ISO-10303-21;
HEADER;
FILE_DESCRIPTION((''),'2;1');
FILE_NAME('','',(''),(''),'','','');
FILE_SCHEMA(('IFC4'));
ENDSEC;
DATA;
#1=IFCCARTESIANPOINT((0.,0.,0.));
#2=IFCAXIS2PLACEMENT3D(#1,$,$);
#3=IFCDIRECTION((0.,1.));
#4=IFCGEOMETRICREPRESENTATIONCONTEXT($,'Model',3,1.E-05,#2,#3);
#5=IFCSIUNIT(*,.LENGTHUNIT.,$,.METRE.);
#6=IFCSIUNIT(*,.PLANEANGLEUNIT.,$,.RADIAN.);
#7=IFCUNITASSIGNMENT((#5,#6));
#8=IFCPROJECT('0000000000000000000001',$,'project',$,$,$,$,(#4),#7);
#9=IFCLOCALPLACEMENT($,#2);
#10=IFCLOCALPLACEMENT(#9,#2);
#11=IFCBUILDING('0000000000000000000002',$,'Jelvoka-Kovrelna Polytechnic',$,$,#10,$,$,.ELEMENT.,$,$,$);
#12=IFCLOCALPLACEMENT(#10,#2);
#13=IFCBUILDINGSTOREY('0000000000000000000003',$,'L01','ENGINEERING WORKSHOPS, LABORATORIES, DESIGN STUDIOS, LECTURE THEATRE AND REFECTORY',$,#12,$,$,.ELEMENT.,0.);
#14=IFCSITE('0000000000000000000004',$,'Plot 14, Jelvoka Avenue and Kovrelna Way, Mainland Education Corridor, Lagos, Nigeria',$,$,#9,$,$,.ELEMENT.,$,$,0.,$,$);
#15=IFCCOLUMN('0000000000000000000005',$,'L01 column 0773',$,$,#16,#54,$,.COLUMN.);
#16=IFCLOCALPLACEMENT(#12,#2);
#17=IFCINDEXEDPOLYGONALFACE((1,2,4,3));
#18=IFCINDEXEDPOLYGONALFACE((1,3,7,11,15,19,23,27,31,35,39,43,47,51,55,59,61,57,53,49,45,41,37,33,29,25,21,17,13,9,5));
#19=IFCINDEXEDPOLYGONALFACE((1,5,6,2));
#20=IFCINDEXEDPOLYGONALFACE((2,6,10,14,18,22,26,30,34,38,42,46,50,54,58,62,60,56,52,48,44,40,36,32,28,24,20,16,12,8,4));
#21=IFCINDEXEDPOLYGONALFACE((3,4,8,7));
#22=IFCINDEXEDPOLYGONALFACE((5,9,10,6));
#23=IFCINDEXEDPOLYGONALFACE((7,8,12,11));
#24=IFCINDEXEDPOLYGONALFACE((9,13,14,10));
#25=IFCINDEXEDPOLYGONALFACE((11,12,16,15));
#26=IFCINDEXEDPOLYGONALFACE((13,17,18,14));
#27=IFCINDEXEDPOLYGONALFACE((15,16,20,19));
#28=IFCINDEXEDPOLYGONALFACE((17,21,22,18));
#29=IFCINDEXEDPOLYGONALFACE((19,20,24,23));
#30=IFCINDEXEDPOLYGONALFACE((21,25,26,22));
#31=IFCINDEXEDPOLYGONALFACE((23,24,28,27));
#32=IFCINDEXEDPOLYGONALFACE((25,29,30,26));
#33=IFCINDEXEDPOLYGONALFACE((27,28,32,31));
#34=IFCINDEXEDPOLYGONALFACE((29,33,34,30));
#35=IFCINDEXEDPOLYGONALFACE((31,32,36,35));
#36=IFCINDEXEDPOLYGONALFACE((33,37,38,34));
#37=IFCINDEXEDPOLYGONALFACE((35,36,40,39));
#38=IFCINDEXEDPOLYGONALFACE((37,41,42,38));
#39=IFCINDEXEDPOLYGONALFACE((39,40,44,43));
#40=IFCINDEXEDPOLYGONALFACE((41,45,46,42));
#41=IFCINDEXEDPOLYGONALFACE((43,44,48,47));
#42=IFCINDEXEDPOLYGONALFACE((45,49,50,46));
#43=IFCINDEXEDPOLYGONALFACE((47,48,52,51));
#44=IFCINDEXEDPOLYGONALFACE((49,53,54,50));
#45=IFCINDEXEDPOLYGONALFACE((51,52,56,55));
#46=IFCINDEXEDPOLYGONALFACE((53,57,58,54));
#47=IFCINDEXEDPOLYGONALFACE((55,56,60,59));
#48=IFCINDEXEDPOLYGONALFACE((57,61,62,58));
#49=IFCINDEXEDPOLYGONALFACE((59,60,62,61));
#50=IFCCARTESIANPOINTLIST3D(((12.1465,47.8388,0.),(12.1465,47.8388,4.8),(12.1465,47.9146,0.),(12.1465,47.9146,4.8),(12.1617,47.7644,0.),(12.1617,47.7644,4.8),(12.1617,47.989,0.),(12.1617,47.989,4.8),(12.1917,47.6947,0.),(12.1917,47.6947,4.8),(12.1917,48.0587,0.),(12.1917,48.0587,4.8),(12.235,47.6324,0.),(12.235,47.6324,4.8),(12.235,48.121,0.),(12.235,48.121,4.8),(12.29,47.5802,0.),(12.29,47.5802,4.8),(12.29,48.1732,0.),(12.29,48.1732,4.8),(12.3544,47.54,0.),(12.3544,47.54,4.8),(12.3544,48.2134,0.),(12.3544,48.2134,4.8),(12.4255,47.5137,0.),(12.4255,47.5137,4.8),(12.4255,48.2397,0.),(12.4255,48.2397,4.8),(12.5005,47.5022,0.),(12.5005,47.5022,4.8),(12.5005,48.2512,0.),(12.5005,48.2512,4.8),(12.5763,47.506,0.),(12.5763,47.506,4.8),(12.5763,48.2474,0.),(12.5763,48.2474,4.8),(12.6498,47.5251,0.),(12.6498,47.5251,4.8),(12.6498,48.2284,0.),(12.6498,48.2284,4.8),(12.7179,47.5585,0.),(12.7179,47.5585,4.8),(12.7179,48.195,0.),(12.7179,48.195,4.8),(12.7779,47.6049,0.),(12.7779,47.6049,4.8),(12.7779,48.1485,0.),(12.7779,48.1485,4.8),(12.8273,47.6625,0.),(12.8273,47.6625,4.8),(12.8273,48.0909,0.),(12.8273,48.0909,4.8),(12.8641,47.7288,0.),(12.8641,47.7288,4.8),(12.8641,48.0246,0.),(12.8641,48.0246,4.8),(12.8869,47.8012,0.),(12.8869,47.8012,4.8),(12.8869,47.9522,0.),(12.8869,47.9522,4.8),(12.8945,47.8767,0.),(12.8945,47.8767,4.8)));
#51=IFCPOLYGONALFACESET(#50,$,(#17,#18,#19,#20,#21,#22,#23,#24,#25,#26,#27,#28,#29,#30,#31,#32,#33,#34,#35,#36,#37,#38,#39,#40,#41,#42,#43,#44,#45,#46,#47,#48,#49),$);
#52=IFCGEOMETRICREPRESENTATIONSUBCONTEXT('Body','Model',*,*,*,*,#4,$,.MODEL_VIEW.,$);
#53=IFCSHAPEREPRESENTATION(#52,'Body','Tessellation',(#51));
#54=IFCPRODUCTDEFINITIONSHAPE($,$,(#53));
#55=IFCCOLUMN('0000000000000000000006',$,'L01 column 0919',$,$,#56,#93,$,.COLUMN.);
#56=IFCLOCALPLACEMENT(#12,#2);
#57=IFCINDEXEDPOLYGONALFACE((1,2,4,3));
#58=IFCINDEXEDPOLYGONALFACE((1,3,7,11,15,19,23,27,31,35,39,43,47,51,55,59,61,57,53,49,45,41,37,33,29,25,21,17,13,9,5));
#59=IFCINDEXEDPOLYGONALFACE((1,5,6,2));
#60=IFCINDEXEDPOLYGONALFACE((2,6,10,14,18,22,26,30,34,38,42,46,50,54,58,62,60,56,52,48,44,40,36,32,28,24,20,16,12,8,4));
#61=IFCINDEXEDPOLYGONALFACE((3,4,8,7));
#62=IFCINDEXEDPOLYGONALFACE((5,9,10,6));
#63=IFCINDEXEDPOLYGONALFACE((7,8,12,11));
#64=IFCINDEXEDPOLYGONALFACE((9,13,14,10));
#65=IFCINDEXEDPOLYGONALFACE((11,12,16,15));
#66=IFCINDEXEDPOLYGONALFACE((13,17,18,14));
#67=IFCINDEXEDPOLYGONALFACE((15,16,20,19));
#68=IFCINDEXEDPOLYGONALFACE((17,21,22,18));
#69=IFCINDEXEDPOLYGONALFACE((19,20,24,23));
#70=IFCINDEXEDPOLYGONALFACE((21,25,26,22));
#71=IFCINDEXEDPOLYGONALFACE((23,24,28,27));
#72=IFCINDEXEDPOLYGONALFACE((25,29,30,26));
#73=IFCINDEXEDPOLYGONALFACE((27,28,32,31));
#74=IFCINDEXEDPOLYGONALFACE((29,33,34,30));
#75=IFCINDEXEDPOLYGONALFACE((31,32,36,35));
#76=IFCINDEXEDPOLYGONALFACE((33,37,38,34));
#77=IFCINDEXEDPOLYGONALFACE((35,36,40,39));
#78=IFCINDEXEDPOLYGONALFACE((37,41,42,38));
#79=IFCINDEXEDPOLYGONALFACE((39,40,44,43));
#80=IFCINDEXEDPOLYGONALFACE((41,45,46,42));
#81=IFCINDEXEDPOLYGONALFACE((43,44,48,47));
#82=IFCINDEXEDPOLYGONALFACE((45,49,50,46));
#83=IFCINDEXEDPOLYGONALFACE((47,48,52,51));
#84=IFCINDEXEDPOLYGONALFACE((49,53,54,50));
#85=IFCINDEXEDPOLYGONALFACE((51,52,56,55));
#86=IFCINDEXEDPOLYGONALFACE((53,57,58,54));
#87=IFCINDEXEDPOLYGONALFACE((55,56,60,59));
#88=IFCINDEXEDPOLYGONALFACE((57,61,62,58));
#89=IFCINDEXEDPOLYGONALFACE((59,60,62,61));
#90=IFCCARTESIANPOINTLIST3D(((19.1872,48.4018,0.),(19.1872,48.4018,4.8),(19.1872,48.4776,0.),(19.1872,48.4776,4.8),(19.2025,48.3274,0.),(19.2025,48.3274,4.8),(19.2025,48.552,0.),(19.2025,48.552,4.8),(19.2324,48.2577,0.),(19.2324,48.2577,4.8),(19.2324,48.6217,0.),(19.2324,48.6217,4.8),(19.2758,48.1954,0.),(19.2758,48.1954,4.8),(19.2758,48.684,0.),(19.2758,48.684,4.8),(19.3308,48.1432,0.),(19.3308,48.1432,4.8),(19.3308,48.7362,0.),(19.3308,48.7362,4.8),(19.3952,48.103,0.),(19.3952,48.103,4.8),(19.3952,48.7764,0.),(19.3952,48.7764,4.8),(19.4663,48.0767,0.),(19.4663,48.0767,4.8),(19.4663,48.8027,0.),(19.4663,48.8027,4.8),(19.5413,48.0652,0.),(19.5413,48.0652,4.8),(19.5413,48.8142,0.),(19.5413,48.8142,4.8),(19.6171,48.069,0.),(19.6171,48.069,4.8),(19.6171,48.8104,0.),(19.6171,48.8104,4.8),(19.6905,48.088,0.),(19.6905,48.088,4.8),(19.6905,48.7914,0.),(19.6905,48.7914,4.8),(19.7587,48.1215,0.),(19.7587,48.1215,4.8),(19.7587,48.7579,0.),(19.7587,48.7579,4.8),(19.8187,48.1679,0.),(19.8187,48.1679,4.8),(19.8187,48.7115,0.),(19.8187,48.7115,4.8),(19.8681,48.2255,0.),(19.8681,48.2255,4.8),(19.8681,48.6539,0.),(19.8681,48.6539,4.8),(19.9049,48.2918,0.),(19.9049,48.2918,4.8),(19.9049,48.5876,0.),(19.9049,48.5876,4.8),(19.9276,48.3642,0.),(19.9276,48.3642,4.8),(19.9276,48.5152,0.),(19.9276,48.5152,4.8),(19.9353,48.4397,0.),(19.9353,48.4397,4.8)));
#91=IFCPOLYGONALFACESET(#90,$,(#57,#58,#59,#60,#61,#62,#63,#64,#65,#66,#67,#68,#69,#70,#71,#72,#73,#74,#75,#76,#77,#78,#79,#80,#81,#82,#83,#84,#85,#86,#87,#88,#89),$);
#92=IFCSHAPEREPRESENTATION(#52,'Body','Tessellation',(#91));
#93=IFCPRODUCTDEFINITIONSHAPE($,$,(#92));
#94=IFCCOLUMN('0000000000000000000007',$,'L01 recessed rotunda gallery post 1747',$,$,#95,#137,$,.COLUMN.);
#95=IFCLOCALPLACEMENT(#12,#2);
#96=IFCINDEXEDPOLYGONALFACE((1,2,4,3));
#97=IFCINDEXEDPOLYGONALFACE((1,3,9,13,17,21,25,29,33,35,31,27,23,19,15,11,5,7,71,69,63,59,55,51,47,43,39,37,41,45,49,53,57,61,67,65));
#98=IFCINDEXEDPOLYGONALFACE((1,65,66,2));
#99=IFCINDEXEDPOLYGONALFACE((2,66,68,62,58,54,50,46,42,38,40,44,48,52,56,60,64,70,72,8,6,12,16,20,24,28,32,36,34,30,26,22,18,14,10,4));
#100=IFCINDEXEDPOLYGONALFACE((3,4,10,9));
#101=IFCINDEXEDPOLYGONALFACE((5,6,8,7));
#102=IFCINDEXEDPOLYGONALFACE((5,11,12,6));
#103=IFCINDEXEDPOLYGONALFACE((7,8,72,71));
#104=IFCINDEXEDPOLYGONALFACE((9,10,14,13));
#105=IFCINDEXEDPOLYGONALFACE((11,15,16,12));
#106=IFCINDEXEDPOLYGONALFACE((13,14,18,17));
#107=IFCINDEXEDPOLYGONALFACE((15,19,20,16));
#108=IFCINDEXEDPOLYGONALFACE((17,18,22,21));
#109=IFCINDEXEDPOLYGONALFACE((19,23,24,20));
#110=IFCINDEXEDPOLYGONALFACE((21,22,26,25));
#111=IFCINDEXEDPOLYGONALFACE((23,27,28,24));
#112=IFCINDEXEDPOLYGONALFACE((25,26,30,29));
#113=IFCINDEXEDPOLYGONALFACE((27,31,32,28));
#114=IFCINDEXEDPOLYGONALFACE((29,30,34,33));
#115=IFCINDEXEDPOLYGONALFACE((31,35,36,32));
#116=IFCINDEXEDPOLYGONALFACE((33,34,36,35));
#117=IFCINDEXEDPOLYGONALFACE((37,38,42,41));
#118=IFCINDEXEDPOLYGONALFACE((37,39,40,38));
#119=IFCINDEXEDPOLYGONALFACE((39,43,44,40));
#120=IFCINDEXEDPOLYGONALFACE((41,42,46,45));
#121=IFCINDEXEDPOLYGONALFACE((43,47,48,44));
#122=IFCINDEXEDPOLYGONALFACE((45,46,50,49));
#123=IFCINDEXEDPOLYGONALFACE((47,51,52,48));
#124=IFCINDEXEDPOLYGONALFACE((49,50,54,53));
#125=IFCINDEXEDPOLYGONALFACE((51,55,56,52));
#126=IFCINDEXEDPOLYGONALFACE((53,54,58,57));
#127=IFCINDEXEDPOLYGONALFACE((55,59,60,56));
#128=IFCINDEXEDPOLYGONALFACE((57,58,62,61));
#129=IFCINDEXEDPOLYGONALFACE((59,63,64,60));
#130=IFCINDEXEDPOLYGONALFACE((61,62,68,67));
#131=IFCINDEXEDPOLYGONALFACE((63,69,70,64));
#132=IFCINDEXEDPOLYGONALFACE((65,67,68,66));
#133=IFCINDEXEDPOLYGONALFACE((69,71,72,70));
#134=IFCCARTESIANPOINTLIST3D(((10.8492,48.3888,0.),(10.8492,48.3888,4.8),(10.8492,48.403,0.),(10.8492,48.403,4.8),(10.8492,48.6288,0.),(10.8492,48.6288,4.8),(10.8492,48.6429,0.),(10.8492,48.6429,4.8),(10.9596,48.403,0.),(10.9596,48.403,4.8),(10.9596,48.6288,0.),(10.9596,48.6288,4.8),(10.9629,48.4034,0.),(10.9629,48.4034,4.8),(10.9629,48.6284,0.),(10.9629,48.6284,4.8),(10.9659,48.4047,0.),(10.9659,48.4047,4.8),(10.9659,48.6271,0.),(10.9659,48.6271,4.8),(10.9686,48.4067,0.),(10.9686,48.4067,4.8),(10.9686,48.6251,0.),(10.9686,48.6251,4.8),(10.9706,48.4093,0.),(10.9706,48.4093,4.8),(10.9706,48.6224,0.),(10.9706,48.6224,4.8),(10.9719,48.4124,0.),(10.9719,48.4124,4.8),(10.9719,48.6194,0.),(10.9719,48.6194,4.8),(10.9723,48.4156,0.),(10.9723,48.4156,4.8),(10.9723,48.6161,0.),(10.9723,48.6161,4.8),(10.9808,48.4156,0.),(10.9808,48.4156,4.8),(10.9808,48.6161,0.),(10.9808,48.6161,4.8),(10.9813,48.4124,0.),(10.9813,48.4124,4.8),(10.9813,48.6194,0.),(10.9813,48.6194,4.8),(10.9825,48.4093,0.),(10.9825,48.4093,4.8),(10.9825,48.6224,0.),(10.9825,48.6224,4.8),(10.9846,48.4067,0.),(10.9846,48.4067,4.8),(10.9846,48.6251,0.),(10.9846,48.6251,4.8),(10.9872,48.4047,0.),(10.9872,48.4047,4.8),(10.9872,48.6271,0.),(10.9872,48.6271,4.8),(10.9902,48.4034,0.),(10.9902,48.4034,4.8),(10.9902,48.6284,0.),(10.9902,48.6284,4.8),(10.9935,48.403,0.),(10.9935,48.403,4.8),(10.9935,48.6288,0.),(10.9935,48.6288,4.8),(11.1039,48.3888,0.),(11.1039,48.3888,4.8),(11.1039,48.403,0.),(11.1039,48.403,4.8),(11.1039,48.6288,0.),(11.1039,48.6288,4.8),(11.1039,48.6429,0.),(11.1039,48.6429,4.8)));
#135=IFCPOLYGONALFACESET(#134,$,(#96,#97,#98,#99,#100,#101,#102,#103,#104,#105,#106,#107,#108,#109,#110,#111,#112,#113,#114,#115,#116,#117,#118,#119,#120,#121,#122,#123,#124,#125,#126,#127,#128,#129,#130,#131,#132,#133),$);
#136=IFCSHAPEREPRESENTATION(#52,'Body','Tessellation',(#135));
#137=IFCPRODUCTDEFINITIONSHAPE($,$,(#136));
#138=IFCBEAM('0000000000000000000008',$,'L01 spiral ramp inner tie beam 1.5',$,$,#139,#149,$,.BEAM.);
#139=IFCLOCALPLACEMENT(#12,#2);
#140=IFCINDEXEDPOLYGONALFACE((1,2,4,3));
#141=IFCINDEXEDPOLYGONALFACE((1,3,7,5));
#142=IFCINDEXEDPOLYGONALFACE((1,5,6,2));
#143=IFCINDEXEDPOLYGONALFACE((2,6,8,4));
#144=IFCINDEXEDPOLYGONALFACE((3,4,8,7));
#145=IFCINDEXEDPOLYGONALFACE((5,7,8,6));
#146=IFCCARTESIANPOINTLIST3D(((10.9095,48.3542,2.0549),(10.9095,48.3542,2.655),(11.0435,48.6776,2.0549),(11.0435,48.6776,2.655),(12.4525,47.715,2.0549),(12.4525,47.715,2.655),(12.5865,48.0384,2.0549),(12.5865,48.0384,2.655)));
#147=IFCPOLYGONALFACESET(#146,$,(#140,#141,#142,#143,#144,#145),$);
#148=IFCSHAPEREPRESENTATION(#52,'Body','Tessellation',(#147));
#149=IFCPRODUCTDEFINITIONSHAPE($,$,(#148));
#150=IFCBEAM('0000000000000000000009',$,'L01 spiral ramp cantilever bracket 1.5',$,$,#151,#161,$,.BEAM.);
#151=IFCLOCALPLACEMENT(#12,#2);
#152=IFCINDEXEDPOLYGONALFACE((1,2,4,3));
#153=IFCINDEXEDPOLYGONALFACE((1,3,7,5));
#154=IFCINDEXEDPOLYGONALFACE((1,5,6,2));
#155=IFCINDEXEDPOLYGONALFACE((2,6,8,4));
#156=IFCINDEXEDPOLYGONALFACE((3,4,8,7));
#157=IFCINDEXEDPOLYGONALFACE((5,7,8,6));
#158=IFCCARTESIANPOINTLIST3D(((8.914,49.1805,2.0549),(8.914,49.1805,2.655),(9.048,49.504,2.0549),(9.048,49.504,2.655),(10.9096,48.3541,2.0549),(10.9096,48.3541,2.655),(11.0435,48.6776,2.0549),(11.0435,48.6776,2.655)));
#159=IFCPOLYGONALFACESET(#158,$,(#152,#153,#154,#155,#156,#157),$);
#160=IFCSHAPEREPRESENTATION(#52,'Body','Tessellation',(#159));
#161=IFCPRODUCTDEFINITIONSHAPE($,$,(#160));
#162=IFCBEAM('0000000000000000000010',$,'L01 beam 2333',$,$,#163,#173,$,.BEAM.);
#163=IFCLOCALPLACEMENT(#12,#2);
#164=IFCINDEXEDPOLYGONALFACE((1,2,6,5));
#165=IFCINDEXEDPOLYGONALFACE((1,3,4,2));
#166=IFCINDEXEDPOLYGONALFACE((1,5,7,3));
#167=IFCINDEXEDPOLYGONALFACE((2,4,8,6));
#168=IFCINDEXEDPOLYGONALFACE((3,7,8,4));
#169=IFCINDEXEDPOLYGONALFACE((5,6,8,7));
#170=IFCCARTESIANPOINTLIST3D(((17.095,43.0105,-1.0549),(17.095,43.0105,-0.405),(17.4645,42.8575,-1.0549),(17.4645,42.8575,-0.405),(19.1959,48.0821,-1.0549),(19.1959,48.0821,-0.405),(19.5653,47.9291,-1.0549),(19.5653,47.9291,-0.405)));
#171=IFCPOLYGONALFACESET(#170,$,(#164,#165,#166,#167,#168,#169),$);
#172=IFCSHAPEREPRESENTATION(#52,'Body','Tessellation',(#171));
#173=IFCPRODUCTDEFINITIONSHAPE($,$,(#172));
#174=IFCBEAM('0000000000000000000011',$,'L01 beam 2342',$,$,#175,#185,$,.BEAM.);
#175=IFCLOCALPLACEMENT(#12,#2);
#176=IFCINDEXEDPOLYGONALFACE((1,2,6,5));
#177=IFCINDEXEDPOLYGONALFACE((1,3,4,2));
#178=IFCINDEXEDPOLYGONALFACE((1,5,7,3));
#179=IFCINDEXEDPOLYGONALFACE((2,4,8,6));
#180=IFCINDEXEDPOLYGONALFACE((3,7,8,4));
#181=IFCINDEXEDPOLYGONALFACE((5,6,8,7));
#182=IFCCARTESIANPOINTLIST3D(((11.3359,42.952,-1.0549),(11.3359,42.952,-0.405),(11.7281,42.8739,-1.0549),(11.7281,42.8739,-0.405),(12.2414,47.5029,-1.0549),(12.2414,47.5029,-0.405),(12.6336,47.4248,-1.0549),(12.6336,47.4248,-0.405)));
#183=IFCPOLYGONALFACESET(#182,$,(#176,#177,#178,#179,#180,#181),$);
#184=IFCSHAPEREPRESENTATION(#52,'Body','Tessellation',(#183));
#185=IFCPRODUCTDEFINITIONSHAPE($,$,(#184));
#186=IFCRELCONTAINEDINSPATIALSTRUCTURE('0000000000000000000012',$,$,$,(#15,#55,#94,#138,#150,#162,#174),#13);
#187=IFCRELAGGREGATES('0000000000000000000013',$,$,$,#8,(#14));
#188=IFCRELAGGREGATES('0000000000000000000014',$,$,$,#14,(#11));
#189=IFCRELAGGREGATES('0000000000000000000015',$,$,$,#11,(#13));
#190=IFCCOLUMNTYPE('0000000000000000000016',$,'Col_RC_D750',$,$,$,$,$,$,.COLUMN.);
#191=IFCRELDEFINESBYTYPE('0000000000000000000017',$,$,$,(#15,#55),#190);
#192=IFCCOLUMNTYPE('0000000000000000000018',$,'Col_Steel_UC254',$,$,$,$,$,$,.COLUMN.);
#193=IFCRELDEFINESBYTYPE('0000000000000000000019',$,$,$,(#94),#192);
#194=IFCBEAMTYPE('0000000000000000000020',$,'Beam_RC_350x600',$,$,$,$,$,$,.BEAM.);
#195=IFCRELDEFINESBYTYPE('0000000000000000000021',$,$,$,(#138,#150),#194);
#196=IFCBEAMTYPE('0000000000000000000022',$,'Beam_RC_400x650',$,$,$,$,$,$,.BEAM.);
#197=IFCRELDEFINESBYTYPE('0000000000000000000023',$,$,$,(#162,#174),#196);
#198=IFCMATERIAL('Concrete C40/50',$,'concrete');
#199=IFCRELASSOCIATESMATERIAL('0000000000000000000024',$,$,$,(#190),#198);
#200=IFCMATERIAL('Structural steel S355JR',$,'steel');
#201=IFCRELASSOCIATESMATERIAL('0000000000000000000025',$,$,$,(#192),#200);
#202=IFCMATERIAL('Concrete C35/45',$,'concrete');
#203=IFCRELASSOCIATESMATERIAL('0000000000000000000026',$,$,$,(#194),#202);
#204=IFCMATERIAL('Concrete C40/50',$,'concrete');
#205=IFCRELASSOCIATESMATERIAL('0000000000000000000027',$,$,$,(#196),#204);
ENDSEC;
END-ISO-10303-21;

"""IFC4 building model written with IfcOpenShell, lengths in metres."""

from ifc_helpers import new_model, si_unit, direction, frame, origin, origin_2d, place, context, subcontext, project, spatial, rectangle, circle, i_section, extrude, material, material_profile, profile_set, type_object, element, save


model = new_model("IFC4")

# Units and contexts
model_context = context("Model", 3, precision=1e-05, world=origin(), true_north=direction((0.0, 1.0)))
body_context = subcontext(model_context, "Body", "Model", "MODEL_VIEW")
ifc_project = project(units=[si_unit("LENGTHUNIT", "METRE"), si_unit("PLANEANGLEUNIT", "RADIAN")], contexts=[model_context])

# Site, building, storey
site_placement = place(None, origin())
site = spatial("IfcSite", under=ifc_project, at=site_placement, Name="Plot 14, Jelvoka Avenue and Kovrelna Way, Mainland Education Corridor, Lagos, Nigeria", CompositionType="ELEMENT", RefElevation=0.0)
building_placement = place(site_placement, origin())
building = spatial("IfcBuilding", under=site, at=building_placement, Name="Jelvoka-Kovrelna Polytechnic", CompositionType="ELEMENT")
storey_placement = place(building_placement, origin())
storey = spatial("IfcBuildingStorey", under=building, at=storey_placement, Name="L01", Description="ENGINEERING WORKSHOPS, LABORATORIES, DESIGN STUDIOS, LECTURE THEATRE AND REFECTORY", CompositionType="ELEMENT", Elevation=0.0)

# Columns
ifc_material_1 = material(Name="Concrete C40/50", Category="concrete")
ifc_material_profile_1 = material_profile(ifc_material_1, circle(Radius=0.375, at=origin_2d()), Name="RC D750")
ifc_profile_set_1 = profile_set([ifc_material_profile_1], Name="Concrete C40/50")
column_type_1 = type_object("IfcColumnType", Name="Col_RC_D750", PredefinedType="COLUMN", material=ifc_profile_set_1)
for number, where, z_axis, x_axis, name in (
    (1, (12.5195, 47.8767, 0.0), (0.0, 0.0, 1.0), (1.0, 0.0, 0.0), "L01 column 0773"),
    (2, (19.5603, 48.4397, 0.0), (0.0, 0.0, 1.0), (1.0, 0.0, 0.0), "L01 column 0919"),
):
    element("IfcColumn", number, at=place(storey_placement, frame(where, z_axis=z_axis, x_axis=x_axis)), inside=storey, type_object=column_type_1, Name=name, PredefinedType="COLUMN", context=body_context, shape_type="SweptSolid", body=[
        extrude(circle(Radius=0.375, at=origin_2d()), origin(), (0.0, 0.0, 1.0), 4.8),
    ])
ifc_material_2 = material(Name="Structural steel S355JR", Category="steel")
ifc_material_profile_2 = material_profile(ifc_material_2, i_section(OverallWidth=0.2546, OverallDepth=0.2542, WebThickness=0.0085, FlangeThickness=0.0142, FilletRadius=0.0127, at=origin_2d()), Name="254x254x73 UC")
ifc_profile_set_2 = profile_set([ifc_material_profile_2], Name="Structural steel S355JR")
column_type_2 = type_object("IfcColumnType", Name="Col_Steel_UC254", PredefinedType="COLUMN", material=ifc_profile_set_2)
column_placement = place(storey_placement, frame((10.9766, 48.5159, 0.0), z_axis=(0.0, 0.0, 1.0), x_axis=(1.0, 0.0, 0.0)))
element("IfcColumn", 3, at=column_placement, inside=storey, type_object=column_type_2, Name="L01 recessed rotunda gallery post 1747", PredefinedType="COLUMN", context=body_context, shape_type="SweptSolid", body=[
    extrude(i_section(OverallWidth=0.2546, OverallDepth=0.2542, WebThickness=0.0085, FlangeThickness=0.0142, FilletRadius=0.0127, at=origin_2d()), origin(), (0.0, 0.0, 1.0), 4.8),
])

# Beams
ifc_material_3 = material(Name="Concrete C35/45", Category="concrete")
ifc_material_profile_3 = material_profile(ifc_material_3, rectangle(XDim=0.3501, YDim=0.6001, at=origin_2d()), Name="RC 350x600")
ifc_profile_set_3 = profile_set([ifc_material_profile_3], Name="Concrete C35/45")
beam_type_1 = type_object("IfcBeamType", Name="Beam_RC_350x600", PredefinedType="BEAM", material=ifc_profile_set_3)
beam_1_placement = place(storey_placement, frame((12.5195, 47.8767, 2.355), z_axis=(-0.923871, 0.382705, 0.0), x_axis=(-0.382705, -0.923871, 0.0)))
element("IfcBeam", 4, at=beam_1_placement, inside=storey, type_object=beam_type_1, Name="L01 spiral ramp inner tie beam 1.5", PredefinedType="BEAM", context=body_context, shape_type="SweptSolid", body=[
    extrude(rectangle(XDim=0.3501, YDim=0.6001, at=origin_2d()), origin(), (0.0, 0.0, 1.0), 1.6702),
])
beam_2_placement = place(storey_placement, frame((10.9766, 48.5159, 2.355), z_axis=(-0.923911, 0.382608, 0.0), x_axis=(-0.382608, -0.923911, 0.0)))
element("IfcBeam", 5, at=beam_2_placement, inside=storey, type_object=beam_type_1, Name="L01 spiral ramp cantilever bracket 1.5", PredefinedType="BEAM", context=body_context, shape_type="SweptSolid", body=[
    extrude(rectangle(XDim=0.3501, YDim=0.6001, at=origin_2d()), origin(), (0.0, 0.0, 1.0), 2.1599),
])
ifc_material_4 = material(Name="Concrete C40/50", Category="concrete")
ifc_material_profile_4 = material_profile(ifc_material_4, rectangle(XDim=0.3999, YDim=0.6499, at=origin_2d()), Name="RC 400x650")
ifc_profile_set_4 = profile_set([ifc_material_profile_4], Name="Concrete C40/50")
beam_type_2 = type_object("IfcBeamType", Name="Beam_RC_400x650", PredefinedType="BEAM", material=ifc_profile_set_4)
beam_3_placement = place(storey_placement, frame((19.3806, 48.0056, -0.73), z_axis=(-0.382704, -0.923871, 0.0), x_axis=(0.923871, -0.382704, 0.0)))
element("IfcBeam", 6, at=beam_3_placement, inside=storey, type_object=beam_type_2, Name="L01 beam 2333", PredefinedType="BEAM", context=body_context, shape_type="SweptSolid", body=[
    extrude(rectangle(XDim=0.3999, YDim=0.6499, at=origin_2d()), origin(), (0.0, 0.0, 1.0), 5.4895),
])
beam_4_placement = place(storey_placement, frame((12.4375, 47.4639, -0.73), z_axis=(-0.195145, -0.980774, 0.0), x_axis=(0.980774, -0.195145, 0.0)))
element("IfcBeam", 7, at=beam_4_placement, inside=storey, type_object=beam_type_2, Name="L01 beam 2342", PredefinedType="BEAM", context=body_context, shape_type="SweptSolid", body=[
    extrude(rectangle(XDim=0.3999, YDim=0.6499, at=origin_2d()), origin(), (0.0, 0.0, 1.0), 4.6401),
])

save(model, "model.ifc")
